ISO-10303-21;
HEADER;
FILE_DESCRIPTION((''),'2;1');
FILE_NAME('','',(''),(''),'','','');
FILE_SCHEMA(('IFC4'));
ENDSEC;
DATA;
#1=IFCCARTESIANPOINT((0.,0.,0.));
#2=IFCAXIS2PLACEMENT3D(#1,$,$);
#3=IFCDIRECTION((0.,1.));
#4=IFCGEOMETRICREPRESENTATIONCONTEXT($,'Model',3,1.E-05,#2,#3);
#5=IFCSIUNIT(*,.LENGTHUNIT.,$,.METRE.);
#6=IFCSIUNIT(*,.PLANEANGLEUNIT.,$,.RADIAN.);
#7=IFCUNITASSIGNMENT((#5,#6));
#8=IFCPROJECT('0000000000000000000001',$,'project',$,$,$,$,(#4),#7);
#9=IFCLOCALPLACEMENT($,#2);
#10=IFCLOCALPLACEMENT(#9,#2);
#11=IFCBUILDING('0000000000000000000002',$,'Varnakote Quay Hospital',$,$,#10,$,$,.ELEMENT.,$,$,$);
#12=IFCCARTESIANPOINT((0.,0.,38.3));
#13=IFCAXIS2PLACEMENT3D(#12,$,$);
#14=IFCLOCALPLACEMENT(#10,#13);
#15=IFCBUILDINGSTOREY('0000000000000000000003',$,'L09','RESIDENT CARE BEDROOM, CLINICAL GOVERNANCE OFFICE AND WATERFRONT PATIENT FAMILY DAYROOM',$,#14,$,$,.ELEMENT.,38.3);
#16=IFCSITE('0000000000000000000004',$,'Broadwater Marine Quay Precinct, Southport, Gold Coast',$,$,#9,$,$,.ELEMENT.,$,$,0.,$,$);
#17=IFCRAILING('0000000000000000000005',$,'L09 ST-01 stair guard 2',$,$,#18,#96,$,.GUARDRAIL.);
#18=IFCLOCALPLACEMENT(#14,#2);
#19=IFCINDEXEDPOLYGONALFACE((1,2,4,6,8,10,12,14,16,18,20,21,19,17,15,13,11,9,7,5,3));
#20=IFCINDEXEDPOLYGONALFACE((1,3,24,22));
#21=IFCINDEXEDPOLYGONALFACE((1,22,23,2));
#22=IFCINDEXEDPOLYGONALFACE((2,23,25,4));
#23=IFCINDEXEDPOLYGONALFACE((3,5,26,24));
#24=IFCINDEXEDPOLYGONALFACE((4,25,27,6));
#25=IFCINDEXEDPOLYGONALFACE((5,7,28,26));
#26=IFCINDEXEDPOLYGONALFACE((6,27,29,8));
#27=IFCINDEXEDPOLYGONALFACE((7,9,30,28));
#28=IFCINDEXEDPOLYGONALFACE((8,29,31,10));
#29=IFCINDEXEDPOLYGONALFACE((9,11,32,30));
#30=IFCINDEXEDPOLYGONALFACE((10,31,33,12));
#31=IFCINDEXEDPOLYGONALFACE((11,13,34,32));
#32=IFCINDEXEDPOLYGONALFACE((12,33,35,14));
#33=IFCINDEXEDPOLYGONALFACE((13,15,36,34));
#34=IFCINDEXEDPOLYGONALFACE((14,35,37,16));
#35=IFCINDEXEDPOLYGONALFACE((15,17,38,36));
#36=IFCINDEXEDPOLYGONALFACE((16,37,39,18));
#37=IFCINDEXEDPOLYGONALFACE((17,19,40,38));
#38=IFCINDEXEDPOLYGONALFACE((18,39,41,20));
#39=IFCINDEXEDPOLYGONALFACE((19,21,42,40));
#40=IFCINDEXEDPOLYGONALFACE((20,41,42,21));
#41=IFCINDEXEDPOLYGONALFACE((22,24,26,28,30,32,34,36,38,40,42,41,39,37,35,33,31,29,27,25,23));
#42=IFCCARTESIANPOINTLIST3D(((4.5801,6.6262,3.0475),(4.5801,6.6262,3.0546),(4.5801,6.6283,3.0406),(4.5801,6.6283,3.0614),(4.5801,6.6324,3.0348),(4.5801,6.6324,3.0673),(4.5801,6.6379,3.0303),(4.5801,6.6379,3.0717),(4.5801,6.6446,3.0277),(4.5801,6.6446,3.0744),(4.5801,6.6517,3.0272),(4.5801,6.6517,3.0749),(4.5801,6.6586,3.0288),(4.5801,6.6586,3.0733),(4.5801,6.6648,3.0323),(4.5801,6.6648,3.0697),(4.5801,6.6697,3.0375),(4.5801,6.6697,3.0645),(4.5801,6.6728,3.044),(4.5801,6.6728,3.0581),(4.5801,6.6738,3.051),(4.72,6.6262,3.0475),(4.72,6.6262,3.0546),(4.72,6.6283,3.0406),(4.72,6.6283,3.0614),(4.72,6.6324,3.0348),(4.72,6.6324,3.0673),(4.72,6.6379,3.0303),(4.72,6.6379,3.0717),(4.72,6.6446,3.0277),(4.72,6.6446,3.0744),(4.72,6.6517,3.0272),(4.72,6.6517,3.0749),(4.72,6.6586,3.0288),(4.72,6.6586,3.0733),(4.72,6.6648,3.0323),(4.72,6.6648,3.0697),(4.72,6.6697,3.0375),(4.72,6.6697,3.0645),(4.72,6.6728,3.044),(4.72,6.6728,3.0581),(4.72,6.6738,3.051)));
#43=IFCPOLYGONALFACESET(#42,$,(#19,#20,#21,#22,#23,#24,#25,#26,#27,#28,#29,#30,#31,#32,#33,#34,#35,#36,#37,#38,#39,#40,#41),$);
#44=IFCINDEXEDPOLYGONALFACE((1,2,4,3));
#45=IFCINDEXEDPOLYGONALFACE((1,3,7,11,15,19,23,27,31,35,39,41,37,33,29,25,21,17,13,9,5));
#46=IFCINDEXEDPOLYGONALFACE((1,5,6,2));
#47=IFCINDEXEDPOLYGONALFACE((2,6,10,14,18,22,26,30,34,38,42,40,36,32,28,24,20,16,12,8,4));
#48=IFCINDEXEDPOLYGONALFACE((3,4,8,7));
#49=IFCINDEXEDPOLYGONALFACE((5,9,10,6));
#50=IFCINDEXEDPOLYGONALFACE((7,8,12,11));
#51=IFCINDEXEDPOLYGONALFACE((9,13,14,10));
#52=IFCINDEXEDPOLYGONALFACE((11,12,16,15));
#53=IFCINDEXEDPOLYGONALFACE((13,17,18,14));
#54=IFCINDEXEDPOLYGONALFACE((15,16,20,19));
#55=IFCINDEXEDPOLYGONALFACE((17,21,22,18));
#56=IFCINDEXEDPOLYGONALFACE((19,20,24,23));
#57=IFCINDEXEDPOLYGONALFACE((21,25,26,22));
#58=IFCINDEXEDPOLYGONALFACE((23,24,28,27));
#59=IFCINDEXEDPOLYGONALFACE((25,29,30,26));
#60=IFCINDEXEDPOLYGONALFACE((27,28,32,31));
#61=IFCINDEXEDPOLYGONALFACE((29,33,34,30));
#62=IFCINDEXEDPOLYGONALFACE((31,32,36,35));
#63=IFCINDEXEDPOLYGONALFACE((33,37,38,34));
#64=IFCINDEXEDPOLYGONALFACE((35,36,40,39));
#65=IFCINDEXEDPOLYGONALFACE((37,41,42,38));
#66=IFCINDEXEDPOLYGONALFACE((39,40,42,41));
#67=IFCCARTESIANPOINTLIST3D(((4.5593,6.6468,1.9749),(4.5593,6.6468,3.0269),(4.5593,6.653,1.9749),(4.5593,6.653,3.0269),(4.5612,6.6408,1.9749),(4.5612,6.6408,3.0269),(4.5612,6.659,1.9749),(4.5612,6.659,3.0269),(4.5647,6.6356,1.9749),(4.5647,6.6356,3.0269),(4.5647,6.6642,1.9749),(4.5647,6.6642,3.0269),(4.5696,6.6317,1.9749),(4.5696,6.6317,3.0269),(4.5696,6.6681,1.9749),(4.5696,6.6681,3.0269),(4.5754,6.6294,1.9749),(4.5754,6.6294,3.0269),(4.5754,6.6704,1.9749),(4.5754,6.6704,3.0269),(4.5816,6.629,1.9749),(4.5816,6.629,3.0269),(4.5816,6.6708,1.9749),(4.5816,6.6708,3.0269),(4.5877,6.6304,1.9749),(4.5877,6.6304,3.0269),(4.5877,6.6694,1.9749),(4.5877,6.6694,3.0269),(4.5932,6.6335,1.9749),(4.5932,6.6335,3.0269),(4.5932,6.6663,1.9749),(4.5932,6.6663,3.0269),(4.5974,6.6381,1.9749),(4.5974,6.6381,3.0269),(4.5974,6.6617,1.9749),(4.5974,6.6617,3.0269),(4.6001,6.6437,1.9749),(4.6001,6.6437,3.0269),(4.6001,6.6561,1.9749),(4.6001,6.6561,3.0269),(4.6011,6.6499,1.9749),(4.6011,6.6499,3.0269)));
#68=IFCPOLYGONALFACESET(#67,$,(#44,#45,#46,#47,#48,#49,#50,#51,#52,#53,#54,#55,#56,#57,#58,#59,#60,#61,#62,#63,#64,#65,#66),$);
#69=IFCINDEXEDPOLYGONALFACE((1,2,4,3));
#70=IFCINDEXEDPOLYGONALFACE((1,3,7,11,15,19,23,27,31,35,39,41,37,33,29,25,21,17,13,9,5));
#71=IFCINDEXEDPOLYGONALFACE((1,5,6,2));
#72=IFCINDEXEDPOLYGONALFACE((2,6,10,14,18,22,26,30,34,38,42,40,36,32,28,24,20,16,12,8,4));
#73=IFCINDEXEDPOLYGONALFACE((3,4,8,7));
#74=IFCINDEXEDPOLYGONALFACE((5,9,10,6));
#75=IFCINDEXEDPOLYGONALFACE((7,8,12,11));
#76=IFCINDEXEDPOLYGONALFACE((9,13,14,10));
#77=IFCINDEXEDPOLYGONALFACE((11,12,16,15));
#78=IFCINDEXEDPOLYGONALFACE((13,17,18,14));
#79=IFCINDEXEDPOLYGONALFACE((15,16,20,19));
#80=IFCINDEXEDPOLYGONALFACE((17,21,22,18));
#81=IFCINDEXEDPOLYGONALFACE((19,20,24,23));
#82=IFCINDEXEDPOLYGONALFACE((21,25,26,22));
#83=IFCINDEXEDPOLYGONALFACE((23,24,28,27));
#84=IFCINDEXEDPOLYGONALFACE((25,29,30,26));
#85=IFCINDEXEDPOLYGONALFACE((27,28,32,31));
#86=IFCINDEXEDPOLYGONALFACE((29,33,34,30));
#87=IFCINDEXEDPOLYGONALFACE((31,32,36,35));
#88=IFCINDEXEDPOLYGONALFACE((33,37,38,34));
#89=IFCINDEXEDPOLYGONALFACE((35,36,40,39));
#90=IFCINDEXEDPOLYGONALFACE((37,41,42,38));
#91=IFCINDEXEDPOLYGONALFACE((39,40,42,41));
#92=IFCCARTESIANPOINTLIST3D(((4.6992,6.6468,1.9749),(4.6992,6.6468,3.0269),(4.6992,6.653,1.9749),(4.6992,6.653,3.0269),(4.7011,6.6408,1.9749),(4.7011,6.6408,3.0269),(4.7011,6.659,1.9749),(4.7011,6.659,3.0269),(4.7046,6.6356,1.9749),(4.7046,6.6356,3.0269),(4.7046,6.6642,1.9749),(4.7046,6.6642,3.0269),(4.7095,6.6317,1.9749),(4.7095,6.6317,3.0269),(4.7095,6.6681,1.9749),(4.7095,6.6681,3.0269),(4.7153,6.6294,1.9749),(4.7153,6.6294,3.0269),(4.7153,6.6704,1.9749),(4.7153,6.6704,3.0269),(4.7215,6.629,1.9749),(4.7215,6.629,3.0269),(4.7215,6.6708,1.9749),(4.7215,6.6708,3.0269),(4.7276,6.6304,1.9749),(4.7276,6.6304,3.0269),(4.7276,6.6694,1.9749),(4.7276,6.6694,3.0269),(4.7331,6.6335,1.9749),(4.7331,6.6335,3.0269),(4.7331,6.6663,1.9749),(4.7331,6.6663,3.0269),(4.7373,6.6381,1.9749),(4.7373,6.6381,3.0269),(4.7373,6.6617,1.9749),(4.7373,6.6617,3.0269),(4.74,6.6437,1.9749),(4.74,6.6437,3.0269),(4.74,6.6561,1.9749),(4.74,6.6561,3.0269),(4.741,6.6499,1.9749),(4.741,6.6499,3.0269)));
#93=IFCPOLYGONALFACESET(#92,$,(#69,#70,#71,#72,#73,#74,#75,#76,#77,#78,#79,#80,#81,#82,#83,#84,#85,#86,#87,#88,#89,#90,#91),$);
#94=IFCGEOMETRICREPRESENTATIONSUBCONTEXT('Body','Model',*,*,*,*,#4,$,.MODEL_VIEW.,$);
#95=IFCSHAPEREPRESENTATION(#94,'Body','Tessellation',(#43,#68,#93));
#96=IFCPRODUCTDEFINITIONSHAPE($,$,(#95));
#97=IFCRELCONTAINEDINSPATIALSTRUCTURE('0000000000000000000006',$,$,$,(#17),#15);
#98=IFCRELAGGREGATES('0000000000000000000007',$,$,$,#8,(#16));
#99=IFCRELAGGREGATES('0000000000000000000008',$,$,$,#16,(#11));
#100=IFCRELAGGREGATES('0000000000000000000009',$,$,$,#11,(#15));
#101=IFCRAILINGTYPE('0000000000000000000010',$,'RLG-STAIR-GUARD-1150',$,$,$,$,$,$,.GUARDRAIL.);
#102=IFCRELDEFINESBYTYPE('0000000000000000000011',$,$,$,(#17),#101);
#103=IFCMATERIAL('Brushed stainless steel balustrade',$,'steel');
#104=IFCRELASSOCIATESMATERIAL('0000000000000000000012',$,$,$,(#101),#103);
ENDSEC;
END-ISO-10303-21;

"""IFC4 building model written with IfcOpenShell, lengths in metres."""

from ifc_helpers import new_model, si_unit, direction, frame, origin, origin_2d, place, context, subcontext, project, spatial, circle, extrude, material, type_object, element, save


model = new_model("IFC4")

# Units and contexts
model_context = context("Model", 3, precision=1e-05, world=origin(), true_north=direction((0.0, 1.0)))
body_context = subcontext(model_context, "Body", "Model", "MODEL_VIEW")
ifc_project = project(units=[si_unit("LENGTHUNIT", "METRE"), si_unit("PLANEANGLEUNIT", "RADIAN")], contexts=[model_context])

# Site, building, storey
site_placement = place(None, origin())
site = spatial("IfcSite", under=ifc_project, at=site_placement, Name="Broadwater Marine Quay Precinct, Southport, Gold Coast", CompositionType="ELEMENT", RefElevation=0.0)
building_placement = place(site_placement, origin())
building = spatial("IfcBuilding", under=site, at=building_placement, Name="Varnakote Quay Hospital", CompositionType="ELEMENT")
storey_placement = place(building_placement, frame((0.0, 0.0, 38.3)))
storey = spatial("IfcBuildingStorey", under=building, at=storey_placement, Name="L09", Description="RESIDENT CARE BEDROOM, CLINICAL GOVERNANCE OFFICE AND WATERFRONT PATIENT FAMILY DAYROOM", CompositionType="ELEMENT", Elevation=38.3)

# Railing
ifc_material_1 = material(Name="Brushed stainless steel balustrade", Category="steel")
railing_type_1 = type_object("IfcRailingType", Name="RLG-STAIR-GUARD-1150", PredefinedType="GUARDRAIL", material=ifc_material_1)
railing_1_placement = place(storey_placement, frame((4.5801, 6.6499, 1.9749)))
element("IfcRailing", 1, at=railing_1_placement, inside=storey, type_object=railing_type_1, Name="L09 ST-01 stair guard 2", PredefinedType="GUARDRAIL", context=body_context, shape_type="SweptSolid", body=[
    extrude(circle(Radius=0.0239, at=origin_2d()), frame((0.0, 0.0, 1.0762), z_axis=(1.0, 0.0, 0.0), x_axis=(0.0, 1.0, 0.0)), (0.0, 0.0, 1.0), 0.1399),
    extrude(circle(Radius=0.021, at=origin_2d()), origin(), (0.0, 0.0, 1.0), 1.052),
    extrude(circle(Radius=0.021, at=origin_2d()), frame((0.1399, 0.0, 0.0)), (0.0, 0.0, 1.0), 1.052),
])

save(model, "model.ifc")
